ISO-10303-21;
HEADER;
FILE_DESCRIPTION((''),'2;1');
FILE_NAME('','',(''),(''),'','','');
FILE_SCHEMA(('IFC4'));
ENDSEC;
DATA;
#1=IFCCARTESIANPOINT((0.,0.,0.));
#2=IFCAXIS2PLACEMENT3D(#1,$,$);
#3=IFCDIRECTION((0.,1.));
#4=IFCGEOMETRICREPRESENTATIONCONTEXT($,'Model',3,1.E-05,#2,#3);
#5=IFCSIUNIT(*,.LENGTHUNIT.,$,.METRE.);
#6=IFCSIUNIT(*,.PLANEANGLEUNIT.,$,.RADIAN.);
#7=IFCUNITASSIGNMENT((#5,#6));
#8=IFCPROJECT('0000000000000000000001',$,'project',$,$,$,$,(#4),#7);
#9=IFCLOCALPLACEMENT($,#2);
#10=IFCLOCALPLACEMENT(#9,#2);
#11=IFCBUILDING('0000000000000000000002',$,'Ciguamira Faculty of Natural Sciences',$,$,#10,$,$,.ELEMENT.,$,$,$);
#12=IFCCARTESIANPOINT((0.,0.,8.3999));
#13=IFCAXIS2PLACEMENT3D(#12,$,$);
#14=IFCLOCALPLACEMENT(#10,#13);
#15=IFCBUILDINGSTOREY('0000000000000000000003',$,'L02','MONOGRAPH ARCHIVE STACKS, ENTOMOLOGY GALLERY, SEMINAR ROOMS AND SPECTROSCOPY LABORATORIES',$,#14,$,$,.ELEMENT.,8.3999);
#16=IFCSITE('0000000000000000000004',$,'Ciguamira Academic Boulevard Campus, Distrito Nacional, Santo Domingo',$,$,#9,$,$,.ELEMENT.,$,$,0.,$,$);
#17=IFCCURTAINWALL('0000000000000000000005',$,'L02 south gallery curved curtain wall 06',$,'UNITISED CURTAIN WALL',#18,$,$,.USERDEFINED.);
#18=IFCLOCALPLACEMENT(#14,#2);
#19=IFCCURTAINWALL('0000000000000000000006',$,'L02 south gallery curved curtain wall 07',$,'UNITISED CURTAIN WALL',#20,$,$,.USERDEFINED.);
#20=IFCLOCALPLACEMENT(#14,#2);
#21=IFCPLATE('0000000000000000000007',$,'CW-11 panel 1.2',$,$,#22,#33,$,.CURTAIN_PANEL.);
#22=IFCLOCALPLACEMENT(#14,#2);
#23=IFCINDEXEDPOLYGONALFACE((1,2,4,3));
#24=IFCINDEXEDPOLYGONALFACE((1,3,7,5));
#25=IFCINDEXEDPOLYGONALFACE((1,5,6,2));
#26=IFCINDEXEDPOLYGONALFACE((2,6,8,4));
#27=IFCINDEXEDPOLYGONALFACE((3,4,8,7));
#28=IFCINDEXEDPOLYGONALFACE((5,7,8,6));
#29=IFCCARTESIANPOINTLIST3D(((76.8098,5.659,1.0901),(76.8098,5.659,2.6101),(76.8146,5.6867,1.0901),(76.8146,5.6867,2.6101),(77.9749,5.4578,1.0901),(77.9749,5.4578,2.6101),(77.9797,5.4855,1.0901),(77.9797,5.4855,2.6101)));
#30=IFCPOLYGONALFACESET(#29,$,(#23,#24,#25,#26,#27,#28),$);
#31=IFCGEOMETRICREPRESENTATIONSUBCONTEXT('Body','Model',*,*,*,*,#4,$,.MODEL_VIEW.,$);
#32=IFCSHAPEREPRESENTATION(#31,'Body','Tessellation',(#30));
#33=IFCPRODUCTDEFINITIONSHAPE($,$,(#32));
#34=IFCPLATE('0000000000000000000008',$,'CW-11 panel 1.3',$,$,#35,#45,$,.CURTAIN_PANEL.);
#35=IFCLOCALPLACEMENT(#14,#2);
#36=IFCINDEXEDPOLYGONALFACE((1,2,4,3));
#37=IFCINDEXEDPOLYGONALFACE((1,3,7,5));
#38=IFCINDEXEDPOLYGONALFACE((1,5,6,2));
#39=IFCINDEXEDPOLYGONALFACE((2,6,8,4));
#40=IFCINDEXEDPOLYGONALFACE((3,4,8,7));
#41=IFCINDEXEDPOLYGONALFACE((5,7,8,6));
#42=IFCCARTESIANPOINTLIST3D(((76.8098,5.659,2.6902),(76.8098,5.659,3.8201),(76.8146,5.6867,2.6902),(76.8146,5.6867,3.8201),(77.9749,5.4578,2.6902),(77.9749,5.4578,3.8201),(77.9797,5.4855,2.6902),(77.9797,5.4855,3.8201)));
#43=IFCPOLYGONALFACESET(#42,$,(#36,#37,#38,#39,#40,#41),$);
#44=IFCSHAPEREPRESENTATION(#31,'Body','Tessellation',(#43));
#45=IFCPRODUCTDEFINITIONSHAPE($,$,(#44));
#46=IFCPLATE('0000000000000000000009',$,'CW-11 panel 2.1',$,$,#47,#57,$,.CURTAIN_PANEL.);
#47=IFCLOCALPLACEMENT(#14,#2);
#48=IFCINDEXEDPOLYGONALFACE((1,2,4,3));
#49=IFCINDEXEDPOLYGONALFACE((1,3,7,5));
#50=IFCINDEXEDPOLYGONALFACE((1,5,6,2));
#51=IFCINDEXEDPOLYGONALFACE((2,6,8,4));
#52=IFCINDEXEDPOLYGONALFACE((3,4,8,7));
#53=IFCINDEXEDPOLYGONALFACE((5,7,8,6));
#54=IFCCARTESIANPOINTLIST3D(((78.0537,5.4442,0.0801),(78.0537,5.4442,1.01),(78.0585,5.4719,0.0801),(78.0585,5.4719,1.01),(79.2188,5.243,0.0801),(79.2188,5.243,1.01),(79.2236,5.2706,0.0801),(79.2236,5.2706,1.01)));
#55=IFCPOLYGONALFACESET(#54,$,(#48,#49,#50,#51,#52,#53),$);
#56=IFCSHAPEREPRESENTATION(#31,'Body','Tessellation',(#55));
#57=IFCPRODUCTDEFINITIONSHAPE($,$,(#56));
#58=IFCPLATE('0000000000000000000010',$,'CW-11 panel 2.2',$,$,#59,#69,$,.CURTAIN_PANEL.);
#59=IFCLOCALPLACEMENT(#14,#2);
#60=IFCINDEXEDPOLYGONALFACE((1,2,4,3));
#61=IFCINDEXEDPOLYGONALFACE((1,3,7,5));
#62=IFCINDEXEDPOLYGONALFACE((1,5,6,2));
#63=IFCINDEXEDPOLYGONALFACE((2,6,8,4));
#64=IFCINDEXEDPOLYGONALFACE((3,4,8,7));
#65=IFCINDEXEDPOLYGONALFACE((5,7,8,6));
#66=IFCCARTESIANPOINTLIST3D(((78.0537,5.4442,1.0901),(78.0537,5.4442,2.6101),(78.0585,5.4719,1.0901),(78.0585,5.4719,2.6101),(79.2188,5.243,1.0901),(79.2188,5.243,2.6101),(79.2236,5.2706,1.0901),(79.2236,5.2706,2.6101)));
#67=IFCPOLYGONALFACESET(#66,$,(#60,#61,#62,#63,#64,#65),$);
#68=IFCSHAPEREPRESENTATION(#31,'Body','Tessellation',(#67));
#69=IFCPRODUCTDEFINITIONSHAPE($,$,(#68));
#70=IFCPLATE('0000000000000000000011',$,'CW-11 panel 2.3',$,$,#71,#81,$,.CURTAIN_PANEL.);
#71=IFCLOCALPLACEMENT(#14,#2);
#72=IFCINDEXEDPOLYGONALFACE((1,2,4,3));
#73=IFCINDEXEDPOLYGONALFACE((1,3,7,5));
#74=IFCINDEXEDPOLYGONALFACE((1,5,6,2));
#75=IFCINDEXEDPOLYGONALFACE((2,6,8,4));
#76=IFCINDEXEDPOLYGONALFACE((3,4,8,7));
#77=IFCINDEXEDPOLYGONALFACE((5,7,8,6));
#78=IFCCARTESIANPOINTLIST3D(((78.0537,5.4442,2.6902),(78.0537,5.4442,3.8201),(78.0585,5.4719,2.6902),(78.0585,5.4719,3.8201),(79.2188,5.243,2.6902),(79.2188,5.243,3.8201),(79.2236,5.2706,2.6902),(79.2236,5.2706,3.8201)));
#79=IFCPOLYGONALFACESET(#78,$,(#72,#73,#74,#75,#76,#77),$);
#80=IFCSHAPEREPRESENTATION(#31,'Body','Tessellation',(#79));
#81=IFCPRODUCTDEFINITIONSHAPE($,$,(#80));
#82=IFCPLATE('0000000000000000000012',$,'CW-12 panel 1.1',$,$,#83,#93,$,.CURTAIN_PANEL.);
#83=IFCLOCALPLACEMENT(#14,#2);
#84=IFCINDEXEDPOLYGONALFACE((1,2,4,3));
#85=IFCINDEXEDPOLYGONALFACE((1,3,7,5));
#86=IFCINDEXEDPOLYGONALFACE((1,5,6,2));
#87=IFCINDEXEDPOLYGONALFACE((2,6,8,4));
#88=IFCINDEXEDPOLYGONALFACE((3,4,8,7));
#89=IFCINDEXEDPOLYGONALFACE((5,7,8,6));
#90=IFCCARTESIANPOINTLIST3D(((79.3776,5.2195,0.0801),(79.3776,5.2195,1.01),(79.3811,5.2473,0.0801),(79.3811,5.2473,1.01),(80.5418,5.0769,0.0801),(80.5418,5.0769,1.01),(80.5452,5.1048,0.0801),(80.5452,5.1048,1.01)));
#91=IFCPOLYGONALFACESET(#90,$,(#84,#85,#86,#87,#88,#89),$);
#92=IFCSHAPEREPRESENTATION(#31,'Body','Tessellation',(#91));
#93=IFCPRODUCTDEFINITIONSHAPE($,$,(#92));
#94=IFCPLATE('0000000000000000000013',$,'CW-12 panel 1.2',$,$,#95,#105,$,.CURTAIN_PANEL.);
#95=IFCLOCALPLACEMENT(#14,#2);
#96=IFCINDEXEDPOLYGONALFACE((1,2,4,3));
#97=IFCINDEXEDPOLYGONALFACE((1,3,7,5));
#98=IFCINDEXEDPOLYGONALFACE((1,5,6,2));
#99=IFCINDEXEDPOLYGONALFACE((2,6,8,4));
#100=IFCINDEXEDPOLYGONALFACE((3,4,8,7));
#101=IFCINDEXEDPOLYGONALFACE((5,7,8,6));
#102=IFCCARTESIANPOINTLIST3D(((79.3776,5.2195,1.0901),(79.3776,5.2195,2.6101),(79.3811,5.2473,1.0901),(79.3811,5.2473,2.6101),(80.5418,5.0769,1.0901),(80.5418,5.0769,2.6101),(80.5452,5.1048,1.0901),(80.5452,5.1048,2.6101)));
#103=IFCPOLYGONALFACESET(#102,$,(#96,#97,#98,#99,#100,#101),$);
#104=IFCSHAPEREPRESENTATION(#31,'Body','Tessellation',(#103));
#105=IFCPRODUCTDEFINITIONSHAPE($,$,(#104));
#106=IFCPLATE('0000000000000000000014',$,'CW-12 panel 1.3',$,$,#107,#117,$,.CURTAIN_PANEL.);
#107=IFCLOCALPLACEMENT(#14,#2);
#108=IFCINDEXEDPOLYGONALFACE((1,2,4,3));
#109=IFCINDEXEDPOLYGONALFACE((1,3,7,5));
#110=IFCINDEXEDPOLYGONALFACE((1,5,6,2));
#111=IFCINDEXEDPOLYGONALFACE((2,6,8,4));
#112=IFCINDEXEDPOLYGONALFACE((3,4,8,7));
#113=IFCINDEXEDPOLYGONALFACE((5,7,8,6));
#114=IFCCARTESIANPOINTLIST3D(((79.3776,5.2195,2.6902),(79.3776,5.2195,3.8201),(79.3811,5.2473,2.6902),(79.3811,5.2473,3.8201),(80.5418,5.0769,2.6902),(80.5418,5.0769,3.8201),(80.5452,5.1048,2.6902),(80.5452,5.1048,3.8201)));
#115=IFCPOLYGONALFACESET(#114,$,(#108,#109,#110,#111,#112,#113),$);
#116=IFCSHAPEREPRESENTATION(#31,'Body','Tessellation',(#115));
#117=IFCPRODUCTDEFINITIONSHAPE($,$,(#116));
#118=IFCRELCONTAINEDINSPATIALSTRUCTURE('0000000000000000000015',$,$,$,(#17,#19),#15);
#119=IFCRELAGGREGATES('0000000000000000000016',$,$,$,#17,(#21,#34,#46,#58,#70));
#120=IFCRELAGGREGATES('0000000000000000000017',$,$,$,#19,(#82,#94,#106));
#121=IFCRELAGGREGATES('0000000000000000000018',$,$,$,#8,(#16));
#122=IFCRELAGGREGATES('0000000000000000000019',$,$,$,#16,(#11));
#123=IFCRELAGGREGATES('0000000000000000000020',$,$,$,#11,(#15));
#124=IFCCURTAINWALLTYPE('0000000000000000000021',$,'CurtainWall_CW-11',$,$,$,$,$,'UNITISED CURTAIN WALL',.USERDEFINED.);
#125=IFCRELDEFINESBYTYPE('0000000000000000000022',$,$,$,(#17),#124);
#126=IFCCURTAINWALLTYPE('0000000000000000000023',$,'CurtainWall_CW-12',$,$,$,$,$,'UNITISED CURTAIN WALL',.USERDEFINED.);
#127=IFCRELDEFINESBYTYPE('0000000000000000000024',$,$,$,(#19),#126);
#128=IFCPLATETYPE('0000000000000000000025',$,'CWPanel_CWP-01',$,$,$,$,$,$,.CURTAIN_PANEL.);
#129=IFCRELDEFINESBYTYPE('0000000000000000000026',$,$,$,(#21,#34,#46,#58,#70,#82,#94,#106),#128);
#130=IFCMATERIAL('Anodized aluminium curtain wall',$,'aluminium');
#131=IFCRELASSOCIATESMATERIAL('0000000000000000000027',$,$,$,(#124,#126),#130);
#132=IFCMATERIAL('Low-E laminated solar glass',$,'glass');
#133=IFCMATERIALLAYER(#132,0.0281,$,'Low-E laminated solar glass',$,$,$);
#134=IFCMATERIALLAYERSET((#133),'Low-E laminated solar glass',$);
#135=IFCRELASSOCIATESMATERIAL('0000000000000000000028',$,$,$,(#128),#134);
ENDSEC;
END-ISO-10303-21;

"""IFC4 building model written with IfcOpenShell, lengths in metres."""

from ifc_helpers import new_model, si_unit, direction, frame, origin, origin_2d, place, context, subcontext, project, spatial, rectangle, extrude, material, layer, layer_set, type_object, element, aggregate, save


model = new_model("IFC4")

# Units and contexts
model_context = context("Model", 3, precision=1e-05, world=origin(), true_north=direction((0.0, 1.0)))
body_context = subcontext(model_context, "Body", "Model", "MODEL_VIEW")
ifc_project = project(units=[si_unit("LENGTHUNIT", "METRE"), si_unit("PLANEANGLEUNIT", "RADIAN")], contexts=[model_context])

# Site, building, storey
site_placement = place(None, origin())
site = spatial("IfcSite", under=ifc_project, at=site_placement, Name="Ciguamira Academic Boulevard Campus, Distrito Nacional, Santo Domingo", CompositionType="ELEMENT", RefElevation=0.0)
building_placement = place(site_placement, origin())
building = spatial("IfcBuilding", under=site, at=building_placement, Name="Ciguamira Faculty of Natural Sciences", CompositionType="ELEMENT")
storey_placement = place(building_placement, frame((0.0, 0.0, 8.3999)))
storey = spatial("IfcBuildingStorey", under=building, at=storey_placement, Name="L02", Description="MONOGRAPH ARCHIVE STACKS, ENTOMOLOGY GALLERY, SEMINAR ROOMS AND SPECTROSCOPY LABORATORIES", CompositionType="ELEMENT", Elevation=8.3999)

# Curtain wall
ifc_material_1 = material(Name="Anodized aluminium curtain wall", Category="aluminium")
curtain_wall_type_1 = type_object("IfcCurtainWallType", Name="CurtainWall_CW-11", ElementType="UNITISED CURTAIN WALL", PredefinedType="USERDEFINED", material=ifc_material_1)
curtain_wall_1_placement = place(storey_placement, origin())
curtain_wall_1 = element("IfcCurtainWall", 1, at=curtain_wall_1_placement, inside=storey, type_object=curtain_wall_type_1, Name="L02 south gallery curved curtain wall 06", ObjectType="UNITISED CURTAIN WALL", PredefinedType="USERDEFINED")

# Curtain wall
curtain_wall_type_2 = type_object("IfcCurtainWallType", Name="CurtainWall_CW-12", ElementType="UNITISED CURTAIN WALL", PredefinedType="USERDEFINED", material=ifc_material_1)
curtain_wall_2_placement = place(storey_placement, origin())
curtain_wall_2 = element("IfcCurtainWall", 2, at=curtain_wall_2_placement, inside=storey, type_object=curtain_wall_type_2, Name="L02 south gallery curved curtain wall 07", ObjectType="UNITISED CURTAIN WALL", PredefinedType="USERDEFINED")

# Plates
ifc_material_2 = material(Name="Low-E laminated solar glass", Category="glass")
ifc_layer = layer(ifc_material_2, 0.0281, Name="Low-E laminated solar glass")
ifc_layer_set = layer_set([ifc_layer], Name="Low-E laminated solar glass")
plate_type = type_object("IfcPlateType", Name="CWPanel_CWP-01", PredefinedType="CURTAIN_PANEL", material=ifc_layer_set)
plate_1_placement = place(storey_placement, frame((77.3948, 5.5723, 1.0901), z_axis=(0.0, 0.0, 1.0), x_axis=(0.985411, -0.170192, 0.0)))
plate_1 = element("IfcPlate", 3, at=plate_1_placement, type_object=plate_type, Name="CW-11 panel 1.2", PredefinedType="CURTAIN_PANEL", context=body_context, shape_type="SweptSolid", body=[
    extrude(rectangle(XDim=1.1824, YDim=0.0281, at=origin_2d()), origin(), (0.0, 0.0, 1.0), 1.52),
])
plate_2_placement = place(storey_placement, frame((77.3948, 5.5723, 2.6902), z_axis=(0.0, 0.0, 1.0), x_axis=(0.985411, -0.170192, 0.0)))
plate_2 = element("IfcPlate", 4, at=plate_2_placement, type_object=plate_type, Name="CW-11 panel 1.3", PredefinedType="CURTAIN_PANEL", context=body_context, shape_type="SweptSolid", body=[
    extrude(rectangle(XDim=1.1824, YDim=0.0281, at=origin_2d()), origin(), (0.0, 0.0, 1.0), 1.1299),
])
plate_3_placement = place(storey_placement, frame((78.6387, 5.3574, 0.0801), z_axis=(0.0, 0.0, 1.0), x_axis=(0.985411, -0.170192, 0.0)))
plate_3 = element("IfcPlate", 5, at=plate_3_placement, type_object=plate_type, Name="CW-11 panel 2.1", PredefinedType="CURTAIN_PANEL", context=body_context, shape_type="SweptSolid", body=[
    extrude(rectangle(XDim=1.1824, YDim=0.0281, at=origin_2d()), origin(), (0.0, 0.0, 1.0), 0.9299),
])
plate_4_placement = place(storey_placement, frame((78.6387, 5.3574, 1.0901), z_axis=(0.0, 0.0, 1.0), x_axis=(0.985411, -0.170192, 0.0)))
plate_4 = element("IfcPlate", 6, at=plate_4_placement, type_object=plate_type, Name="CW-11 panel 2.2", PredefinedType="CURTAIN_PANEL", context=body_context, shape_type="SweptSolid", body=[
    extrude(rectangle(XDim=1.1824, YDim=0.0281, at=origin_2d()), origin(), (0.0, 0.0, 1.0), 1.52),
])
plate_5_placement = place(storey_placement, frame((78.6387, 5.3574, 2.6902), z_axis=(0.0, 0.0, 1.0), x_axis=(0.985411, -0.170192, 0.0)))
plate_5 = element("IfcPlate", 7, at=plate_5_placement, type_object=plate_type, Name="CW-11 panel 2.3", PredefinedType="CURTAIN_PANEL", context=body_context, shape_type="SweptSolid", body=[
    extrude(rectangle(XDim=1.1824, YDim=0.0281, at=origin_2d()), origin(), (0.0, 0.0, 1.0), 1.1299),
])
aggregate(curtain_wall_1, [plate_1, plate_2, plate_3, plate_4, plate_5])
plate_6_placement = place(storey_placement, frame((79.9614, 5.1621, 0.0801), z_axis=(0.0, 0.0, 1.0), x_axis=(0.992586, -0.121545, 0.0)))
plate_6 = element("IfcPlate", 8, at=plate_6_placement, type_object=plate_type, Name="CW-12 panel 1.1", PredefinedType="CURTAIN_PANEL", context=body_context, shape_type="SweptSolid", body=[
    extrude(rectangle(XDim=1.1729, YDim=0.0281, at=origin_2d()), origin(), (0.0, 0.0, 1.0), 0.9299),
])
plate_7_placement = place(storey_placement, frame((79.9614, 5.1621, 1.0901), z_axis=(0.0, 0.0, 1.0), x_axis=(0.992586, -0.121545, 0.0)))
plate_7 = element("IfcPlate", 9, at=plate_7_placement, type_object=plate_type, Name="CW-12 panel 1.2", PredefinedType="CURTAIN_PANEL", context=body_context, shape_type="SweptSolid", body=[
    extrude(rectangle(XDim=1.1729, YDim=0.0281, at=origin_2d()), origin(), (0.0, 0.0, 1.0), 1.52),
])
plate_8_placement = place(storey_placement, frame((79.9614, 5.1621, 2.6902), z_axis=(0.0, 0.0, 1.0), x_axis=(0.992586, -0.121545, 0.0)))
plate_8 = element("IfcPlate", 10, at=plate_8_placement, type_object=plate_type, Name="CW-12 panel 1.3", PredefinedType="CURTAIN_PANEL", context=body_context, shape_type="SweptSolid", body=[
    extrude(rectangle(XDim=1.1729, YDim=0.0281, at=origin_2d()), origin(), (0.0, 0.0, 1.0), 1.1299),
])
aggregate(curtain_wall_2, [plate_6, plate_7, plate_8])

save(model, "model.ifc")
